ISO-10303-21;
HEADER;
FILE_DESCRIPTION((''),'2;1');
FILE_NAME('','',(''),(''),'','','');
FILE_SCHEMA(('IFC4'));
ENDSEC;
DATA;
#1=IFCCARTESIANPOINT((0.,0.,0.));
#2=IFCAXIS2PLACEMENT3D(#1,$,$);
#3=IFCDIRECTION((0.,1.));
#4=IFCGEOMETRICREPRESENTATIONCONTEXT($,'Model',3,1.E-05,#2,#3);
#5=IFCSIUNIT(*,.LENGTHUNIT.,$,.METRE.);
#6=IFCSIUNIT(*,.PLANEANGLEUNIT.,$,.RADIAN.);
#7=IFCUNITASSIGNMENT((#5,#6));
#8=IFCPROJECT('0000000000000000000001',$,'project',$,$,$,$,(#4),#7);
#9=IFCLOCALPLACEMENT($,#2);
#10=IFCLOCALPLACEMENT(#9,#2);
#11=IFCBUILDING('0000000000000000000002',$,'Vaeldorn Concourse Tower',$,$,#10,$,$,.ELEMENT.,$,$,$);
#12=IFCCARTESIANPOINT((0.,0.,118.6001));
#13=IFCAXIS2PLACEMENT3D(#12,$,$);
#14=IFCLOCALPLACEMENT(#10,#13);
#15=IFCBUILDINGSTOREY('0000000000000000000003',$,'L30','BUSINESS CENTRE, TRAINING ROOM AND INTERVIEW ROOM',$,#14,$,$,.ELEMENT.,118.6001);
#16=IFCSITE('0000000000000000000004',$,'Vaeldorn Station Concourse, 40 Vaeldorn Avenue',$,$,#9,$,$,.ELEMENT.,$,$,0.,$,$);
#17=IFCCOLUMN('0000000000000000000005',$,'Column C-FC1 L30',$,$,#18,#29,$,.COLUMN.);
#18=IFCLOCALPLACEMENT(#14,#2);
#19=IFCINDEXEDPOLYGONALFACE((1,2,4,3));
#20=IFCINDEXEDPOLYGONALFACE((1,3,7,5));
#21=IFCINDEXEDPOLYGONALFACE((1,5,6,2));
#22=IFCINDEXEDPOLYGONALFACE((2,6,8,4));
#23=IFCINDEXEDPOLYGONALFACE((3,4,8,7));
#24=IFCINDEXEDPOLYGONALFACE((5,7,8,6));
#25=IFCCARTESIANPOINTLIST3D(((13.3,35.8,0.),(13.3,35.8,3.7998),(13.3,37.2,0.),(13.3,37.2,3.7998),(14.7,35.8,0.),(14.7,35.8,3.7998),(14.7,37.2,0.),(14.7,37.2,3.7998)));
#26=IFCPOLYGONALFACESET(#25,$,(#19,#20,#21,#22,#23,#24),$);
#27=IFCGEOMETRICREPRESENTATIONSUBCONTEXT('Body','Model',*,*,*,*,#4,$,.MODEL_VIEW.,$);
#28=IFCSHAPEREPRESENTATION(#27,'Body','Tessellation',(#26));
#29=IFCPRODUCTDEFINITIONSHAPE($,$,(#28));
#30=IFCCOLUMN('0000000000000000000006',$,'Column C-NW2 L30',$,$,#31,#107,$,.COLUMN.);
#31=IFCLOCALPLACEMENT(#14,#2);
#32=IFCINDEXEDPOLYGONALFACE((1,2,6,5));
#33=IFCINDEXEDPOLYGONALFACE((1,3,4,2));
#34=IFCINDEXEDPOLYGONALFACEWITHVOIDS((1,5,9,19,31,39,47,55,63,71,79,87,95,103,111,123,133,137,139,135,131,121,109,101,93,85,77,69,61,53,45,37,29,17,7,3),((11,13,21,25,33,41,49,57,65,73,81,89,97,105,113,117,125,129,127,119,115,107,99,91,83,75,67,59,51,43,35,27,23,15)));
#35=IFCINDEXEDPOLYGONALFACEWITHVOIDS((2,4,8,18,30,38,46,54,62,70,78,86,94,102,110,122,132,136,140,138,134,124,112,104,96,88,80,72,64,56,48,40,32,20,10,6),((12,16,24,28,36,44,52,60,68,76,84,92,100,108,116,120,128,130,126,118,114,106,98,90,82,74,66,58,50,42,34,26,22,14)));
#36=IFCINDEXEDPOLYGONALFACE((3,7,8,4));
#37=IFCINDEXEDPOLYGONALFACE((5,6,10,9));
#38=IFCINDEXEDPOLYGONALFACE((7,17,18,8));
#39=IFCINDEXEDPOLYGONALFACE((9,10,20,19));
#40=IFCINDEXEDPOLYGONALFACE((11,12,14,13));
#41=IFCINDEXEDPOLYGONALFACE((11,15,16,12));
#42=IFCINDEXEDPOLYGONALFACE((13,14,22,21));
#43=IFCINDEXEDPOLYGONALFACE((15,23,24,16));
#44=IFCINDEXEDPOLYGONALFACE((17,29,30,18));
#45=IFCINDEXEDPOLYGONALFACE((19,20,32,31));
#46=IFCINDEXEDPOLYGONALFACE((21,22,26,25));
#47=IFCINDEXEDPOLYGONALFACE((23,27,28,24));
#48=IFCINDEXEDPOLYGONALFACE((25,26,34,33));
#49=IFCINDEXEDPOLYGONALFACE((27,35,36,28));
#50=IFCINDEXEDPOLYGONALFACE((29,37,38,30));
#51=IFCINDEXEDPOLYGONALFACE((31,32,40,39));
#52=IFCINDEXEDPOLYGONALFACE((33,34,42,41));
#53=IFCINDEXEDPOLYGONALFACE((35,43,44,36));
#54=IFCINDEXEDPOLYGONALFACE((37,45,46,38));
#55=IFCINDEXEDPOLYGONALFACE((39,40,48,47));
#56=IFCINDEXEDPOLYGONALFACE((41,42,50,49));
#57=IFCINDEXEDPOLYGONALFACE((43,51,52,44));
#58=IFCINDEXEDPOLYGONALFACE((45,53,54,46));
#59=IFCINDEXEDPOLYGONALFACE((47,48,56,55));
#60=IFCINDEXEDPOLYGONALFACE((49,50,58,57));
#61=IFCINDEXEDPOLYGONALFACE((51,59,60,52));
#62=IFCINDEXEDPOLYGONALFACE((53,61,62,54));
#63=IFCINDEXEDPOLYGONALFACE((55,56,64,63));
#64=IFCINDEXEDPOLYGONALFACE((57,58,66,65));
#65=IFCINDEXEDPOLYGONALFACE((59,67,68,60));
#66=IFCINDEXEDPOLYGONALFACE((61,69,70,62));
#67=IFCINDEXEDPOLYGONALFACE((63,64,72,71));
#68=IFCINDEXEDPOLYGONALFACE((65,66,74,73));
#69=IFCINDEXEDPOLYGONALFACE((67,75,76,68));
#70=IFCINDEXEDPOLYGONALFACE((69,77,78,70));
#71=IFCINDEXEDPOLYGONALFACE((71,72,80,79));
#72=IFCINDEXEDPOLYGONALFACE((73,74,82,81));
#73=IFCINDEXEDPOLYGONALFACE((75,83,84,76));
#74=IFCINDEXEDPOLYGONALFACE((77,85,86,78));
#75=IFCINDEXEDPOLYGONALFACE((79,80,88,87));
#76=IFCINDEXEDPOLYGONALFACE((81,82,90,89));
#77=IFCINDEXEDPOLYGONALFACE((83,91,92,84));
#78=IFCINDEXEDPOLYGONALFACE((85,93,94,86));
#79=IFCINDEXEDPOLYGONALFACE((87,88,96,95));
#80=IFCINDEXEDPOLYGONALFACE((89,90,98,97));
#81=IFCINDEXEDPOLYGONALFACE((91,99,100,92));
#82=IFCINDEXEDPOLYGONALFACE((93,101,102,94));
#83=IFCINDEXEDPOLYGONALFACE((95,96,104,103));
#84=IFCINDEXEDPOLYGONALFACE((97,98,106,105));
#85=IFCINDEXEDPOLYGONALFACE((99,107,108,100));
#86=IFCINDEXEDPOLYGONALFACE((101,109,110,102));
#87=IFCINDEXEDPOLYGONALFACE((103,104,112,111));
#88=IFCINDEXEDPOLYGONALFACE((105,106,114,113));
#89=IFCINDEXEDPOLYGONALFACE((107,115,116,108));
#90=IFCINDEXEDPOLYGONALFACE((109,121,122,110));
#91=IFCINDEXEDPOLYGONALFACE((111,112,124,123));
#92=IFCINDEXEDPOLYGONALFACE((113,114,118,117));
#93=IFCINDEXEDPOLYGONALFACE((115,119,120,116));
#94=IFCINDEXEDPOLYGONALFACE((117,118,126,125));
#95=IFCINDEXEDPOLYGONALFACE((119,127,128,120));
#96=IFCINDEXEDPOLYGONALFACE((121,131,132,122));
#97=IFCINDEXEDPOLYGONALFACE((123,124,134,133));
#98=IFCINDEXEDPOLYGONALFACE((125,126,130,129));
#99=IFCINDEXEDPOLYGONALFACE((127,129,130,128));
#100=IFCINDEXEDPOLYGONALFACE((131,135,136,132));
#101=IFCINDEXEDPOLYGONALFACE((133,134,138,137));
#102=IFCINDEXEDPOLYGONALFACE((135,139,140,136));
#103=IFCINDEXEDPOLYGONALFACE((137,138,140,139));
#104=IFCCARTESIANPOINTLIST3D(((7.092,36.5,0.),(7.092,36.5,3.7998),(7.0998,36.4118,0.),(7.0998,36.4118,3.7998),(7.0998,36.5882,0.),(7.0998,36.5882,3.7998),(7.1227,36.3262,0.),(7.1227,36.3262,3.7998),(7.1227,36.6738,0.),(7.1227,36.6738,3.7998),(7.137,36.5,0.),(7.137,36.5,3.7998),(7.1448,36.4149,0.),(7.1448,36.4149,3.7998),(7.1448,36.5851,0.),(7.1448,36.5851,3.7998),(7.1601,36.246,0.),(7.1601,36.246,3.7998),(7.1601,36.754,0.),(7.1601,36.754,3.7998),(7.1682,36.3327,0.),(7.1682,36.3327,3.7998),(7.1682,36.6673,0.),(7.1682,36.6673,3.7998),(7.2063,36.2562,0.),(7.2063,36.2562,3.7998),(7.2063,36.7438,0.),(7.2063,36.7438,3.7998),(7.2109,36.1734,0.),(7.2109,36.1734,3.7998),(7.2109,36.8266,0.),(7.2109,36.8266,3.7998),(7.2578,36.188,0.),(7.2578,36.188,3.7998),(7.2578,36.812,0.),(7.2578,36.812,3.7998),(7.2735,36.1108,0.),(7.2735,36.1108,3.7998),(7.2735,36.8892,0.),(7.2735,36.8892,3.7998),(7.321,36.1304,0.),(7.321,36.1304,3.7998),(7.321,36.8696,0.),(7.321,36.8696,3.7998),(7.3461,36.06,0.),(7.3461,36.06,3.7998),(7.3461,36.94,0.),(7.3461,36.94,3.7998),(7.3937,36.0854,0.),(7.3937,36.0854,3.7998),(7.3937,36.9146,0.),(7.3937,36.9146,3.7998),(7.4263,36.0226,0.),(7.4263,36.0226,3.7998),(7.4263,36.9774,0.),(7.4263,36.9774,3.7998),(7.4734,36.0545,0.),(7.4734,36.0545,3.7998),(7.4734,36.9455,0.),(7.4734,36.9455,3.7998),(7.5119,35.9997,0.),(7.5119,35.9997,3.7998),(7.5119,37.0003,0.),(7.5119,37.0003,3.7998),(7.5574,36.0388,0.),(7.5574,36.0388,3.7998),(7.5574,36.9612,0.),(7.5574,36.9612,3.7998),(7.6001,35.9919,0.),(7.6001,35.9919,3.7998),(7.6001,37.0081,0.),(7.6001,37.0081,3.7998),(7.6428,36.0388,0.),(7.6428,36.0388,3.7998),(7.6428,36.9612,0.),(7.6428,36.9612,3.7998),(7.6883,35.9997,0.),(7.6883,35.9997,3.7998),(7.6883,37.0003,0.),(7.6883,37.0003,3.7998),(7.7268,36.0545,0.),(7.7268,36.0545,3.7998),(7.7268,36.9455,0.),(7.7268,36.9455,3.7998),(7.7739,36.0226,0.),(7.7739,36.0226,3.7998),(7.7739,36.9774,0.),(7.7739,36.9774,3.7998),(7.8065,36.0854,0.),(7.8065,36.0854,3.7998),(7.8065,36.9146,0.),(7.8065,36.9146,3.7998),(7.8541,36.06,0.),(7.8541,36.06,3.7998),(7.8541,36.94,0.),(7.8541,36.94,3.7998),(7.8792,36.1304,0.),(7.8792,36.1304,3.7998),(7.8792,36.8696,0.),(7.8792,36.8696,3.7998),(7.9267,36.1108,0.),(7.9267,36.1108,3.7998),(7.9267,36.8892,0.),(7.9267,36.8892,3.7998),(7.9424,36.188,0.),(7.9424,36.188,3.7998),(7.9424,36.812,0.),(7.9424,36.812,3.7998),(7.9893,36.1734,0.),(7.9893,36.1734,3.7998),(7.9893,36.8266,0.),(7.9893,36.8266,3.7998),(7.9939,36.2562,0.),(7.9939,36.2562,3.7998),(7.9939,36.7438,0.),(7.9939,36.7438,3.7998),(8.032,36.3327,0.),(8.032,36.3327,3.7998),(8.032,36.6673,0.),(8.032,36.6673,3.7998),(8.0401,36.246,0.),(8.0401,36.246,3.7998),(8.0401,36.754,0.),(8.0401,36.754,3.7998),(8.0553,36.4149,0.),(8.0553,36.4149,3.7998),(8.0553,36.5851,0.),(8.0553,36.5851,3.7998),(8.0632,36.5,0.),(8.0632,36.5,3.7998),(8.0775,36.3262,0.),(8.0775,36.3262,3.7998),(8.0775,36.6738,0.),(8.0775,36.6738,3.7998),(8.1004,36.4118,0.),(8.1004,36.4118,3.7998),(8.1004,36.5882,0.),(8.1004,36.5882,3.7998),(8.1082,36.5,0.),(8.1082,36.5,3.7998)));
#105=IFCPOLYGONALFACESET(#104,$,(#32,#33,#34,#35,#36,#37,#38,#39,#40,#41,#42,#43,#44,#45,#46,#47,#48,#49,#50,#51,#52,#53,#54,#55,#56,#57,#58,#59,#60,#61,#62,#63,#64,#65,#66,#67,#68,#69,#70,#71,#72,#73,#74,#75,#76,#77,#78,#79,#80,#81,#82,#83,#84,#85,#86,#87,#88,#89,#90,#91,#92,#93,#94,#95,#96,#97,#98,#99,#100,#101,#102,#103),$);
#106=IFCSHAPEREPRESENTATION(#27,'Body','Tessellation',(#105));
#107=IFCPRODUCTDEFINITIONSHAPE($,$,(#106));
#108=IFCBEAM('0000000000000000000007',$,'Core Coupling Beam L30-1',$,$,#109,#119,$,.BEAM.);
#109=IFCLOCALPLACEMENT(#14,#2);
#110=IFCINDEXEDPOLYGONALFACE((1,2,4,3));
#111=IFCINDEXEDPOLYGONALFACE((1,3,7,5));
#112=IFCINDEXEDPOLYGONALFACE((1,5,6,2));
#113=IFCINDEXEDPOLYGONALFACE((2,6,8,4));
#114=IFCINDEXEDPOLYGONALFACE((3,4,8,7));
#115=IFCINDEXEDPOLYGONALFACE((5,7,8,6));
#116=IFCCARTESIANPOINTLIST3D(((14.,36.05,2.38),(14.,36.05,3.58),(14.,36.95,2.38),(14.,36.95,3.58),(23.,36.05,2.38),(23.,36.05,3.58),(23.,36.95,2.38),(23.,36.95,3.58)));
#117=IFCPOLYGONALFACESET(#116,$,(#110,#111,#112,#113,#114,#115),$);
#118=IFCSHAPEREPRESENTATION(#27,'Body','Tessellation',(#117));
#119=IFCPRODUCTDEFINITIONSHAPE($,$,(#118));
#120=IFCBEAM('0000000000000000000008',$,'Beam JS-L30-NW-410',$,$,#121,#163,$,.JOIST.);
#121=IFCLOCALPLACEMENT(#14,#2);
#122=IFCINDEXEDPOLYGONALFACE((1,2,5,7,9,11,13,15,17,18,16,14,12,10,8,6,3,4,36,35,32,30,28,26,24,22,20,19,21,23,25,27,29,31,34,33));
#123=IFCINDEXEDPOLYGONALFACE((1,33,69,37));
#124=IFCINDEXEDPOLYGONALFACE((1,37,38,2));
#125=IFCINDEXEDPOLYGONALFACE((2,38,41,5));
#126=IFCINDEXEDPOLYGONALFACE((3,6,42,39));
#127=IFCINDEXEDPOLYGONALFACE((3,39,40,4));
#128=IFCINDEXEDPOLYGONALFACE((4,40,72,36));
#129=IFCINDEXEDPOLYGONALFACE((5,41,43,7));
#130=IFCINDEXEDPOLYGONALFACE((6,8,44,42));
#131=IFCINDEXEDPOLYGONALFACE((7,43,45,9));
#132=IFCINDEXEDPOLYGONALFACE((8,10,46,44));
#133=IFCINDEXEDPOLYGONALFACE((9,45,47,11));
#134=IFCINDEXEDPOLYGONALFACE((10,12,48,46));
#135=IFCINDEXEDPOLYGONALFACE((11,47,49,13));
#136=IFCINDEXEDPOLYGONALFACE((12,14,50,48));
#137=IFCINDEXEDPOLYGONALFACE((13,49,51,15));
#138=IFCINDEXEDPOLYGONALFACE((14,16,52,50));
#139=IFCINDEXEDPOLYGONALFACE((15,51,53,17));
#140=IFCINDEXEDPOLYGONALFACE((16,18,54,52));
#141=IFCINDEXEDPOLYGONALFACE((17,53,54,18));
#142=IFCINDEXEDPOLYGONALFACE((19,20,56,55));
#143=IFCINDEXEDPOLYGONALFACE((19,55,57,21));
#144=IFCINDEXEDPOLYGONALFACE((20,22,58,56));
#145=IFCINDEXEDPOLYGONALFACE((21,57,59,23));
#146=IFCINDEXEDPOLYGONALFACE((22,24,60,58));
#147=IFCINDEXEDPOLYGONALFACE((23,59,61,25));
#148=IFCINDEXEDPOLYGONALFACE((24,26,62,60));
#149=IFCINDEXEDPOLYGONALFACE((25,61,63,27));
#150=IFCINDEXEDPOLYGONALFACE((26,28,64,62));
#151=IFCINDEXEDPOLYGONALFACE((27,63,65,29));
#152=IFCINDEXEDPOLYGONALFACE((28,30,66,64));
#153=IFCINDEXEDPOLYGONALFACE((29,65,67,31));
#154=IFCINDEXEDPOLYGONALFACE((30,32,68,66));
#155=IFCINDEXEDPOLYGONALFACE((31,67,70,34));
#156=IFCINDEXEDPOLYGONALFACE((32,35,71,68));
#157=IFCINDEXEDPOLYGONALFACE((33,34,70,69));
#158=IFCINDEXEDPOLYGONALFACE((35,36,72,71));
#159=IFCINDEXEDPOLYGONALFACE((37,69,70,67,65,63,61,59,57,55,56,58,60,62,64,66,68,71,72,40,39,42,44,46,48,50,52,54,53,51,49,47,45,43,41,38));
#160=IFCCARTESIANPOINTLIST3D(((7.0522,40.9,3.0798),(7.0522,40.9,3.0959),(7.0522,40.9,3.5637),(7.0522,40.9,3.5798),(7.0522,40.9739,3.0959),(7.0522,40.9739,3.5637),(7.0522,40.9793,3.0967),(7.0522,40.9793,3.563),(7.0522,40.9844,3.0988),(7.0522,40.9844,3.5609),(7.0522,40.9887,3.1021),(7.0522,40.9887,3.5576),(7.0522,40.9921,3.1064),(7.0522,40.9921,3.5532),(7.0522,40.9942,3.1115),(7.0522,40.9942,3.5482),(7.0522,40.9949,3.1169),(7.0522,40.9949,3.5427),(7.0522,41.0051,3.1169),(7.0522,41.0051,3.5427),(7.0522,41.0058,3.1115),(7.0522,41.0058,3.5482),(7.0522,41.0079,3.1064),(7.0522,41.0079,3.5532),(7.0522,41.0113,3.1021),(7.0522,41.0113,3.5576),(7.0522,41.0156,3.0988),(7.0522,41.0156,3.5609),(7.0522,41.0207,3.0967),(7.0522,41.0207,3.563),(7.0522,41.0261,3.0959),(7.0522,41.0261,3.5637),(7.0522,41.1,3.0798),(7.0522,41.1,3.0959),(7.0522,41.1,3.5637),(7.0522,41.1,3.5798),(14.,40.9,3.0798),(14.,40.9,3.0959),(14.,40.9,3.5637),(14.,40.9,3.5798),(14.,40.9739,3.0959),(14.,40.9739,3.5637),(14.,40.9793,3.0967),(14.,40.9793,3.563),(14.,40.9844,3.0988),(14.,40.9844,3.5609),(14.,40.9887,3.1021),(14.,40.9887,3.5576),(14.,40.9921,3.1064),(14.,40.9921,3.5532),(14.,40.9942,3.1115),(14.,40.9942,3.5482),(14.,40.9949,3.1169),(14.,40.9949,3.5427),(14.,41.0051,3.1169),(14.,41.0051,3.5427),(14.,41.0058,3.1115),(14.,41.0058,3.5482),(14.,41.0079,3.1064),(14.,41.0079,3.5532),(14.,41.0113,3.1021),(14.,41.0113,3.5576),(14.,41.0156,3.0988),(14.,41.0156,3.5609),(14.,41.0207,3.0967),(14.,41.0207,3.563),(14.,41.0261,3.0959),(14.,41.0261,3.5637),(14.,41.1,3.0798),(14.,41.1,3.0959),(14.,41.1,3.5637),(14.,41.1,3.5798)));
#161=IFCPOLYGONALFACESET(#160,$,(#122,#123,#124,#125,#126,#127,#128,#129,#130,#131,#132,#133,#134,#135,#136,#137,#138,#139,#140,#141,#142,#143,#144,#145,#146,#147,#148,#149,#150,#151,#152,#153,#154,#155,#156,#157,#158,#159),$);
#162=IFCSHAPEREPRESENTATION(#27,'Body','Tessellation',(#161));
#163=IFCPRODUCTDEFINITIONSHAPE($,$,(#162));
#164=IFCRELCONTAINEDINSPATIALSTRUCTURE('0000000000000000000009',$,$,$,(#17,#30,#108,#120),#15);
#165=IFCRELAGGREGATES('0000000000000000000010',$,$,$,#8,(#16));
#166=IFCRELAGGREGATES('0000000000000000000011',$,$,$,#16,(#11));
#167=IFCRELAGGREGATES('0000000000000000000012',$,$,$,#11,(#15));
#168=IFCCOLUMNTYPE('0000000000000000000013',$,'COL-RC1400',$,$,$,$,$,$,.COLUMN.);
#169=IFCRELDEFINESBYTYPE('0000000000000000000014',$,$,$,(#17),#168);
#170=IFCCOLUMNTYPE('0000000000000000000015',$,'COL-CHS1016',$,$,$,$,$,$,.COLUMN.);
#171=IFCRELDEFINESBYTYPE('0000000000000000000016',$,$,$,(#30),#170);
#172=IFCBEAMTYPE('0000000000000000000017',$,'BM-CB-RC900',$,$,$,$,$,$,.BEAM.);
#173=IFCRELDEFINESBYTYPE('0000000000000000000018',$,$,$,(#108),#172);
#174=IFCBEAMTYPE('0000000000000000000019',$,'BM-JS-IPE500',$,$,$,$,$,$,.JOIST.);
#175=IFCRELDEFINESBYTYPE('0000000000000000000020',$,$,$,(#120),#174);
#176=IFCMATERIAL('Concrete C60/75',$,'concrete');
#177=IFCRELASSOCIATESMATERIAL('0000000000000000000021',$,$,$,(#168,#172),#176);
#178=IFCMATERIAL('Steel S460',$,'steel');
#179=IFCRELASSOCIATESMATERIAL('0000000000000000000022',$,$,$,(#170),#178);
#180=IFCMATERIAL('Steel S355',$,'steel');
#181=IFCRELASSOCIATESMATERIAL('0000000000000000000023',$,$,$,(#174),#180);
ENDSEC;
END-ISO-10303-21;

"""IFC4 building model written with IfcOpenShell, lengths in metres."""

from ifc_helpers import new_model, si_unit, direction, frame, origin, origin_2d, place, context, subcontext, project, spatial, rectangle, hollow_circle, i_section, extrude, source, transform, mapped, material, material_profile, profile_set, type_object, element, save


model = new_model("IFC4")

# Units and contexts
model_context = context("Model", 3, precision=1e-05, world=origin(), true_north=direction((0.0, 1.0)))
body_context = subcontext(model_context, "Body", "Model", "MODEL_VIEW")
ifc_project = project(units=[si_unit("LENGTHUNIT", "METRE"), si_unit("PLANEANGLEUNIT", "RADIAN")], contexts=[model_context])

# Site, building, storey
site_placement = place(None, origin())
site = spatial("IfcSite", under=ifc_project, at=site_placement, Name="Vaeldorn Station Concourse, 40 Vaeldorn Avenue", CompositionType="ELEMENT", RefElevation=0.0)
building_placement = place(site_placement, origin())
building = spatial("IfcBuilding", under=site, at=building_placement, Name="Vaeldorn Concourse Tower", CompositionType="ELEMENT")
storey_placement = place(building_placement, frame((0.0, 0.0, 118.6001)))
storey = spatial("IfcBuildingStorey", under=building, at=storey_placement, Name="L30", Description="BUSINESS CENTRE, TRAINING ROOM AND INTERVIEW ROOM", CompositionType="ELEMENT", Elevation=118.6001)

# Columns
ifc_material_1 = material(Name="Concrete C60/75", Category="concrete")
ifc_material_profile_1 = material_profile(ifc_material_1, rectangle(XDim=1.3999, YDim=1.3999, at=origin_2d()), Name="RC 1400x1400")
ifc_profile_set_1 = profile_set([ifc_material_profile_1], Name="Concrete C60/75")
column_type_1 = type_object("IfcColumnType", Name="COL-RC1400", PredefinedType="COLUMN", material=ifc_profile_set_1)
shared_shape_1 = source(origin(), body_context, "Body", "SweptSolid", [
    extrude(rectangle(XDim=1.3999, YDim=1.3999, at=origin_2d()), origin(), (0.0, 0.0, 1.0), 3.7998),
])
column_1_placement = place(storey_placement, frame((14.0, 36.5, 0.0), z_axis=(0.0, 0.0, 1.0), x_axis=(1.0, 0.0, 0.0)))
element("IfcColumn", 1, at=column_1_placement, inside=storey, type_object=column_type_1, Name="Column C-FC1 L30", PredefinedType="COLUMN", context=body_context, shape_type="MappedRepresentation", body=[
    mapped(shared_shape_1, transform((0.0, 0.0, 0.0), scale=1.0)),
])
ifc_material_2 = material(Name="Steel S460", Category="steel")
ifc_material_profile_2 = material_profile(ifc_material_2, hollow_circle(Radius=0.5081, WallThickness=0.0449, at=origin_2d()), Name="CHS 1016x45")
ifc_profile_set_2 = profile_set([ifc_material_profile_2], Name="Steel S460")
column_type_2 = type_object("IfcColumnType", Name="COL-CHS1016", PredefinedType="COLUMN", material=ifc_profile_set_2)
shared_shape_2 = source(origin(), body_context, "Body", "SweptSolid", [
    extrude(hollow_circle(Radius=0.5081, WallThickness=0.0449, at=origin_2d()), origin(), (0.0, 0.0, 1.0), 3.7998),
])
column_2_placement = place(storey_placement, frame((7.6001, 36.5, 0.0), z_axis=(0.0, 0.0, 1.0), x_axis=(1.0, 0.0, 0.0)))
element("IfcColumn", 2, at=column_2_placement, inside=storey, type_object=column_type_2, Name="Column C-NW2 L30", PredefinedType="COLUMN", context=body_context, shape_type="MappedRepresentation", body=[
    mapped(shared_shape_2, transform((0.0, 0.0, 0.0), scale=1.0)),
])

# Beams
ifc_material_profile_3 = material_profile(ifc_material_1, rectangle(XDim=0.8999, YDim=1.2, at=origin_2d()), Name="RC 900x1200")
ifc_profile_set_3 = profile_set([ifc_material_profile_3], Name="Concrete C60/75")
beam_type_1 = type_object("IfcBeamType", Name="BM-CB-RC900", PredefinedType="BEAM", material=ifc_profile_set_3)
shared_shape_3 = source(origin(), body_context, "Body", "SweptSolid", [
    extrude(rectangle(XDim=0.8999, YDim=1.2, at=origin_2d()), origin(), (0.0, 0.0, 1.0), 9.0),
])
beam_1_placement = place(storey_placement, frame((14.0, 36.5, 2.98), z_axis=(1.0, 0.0, 0.0), x_axis=(0.0, 1.0, 0.0)))
element("IfcBeam", 3, at=beam_1_placement, inside=storey, type_object=beam_type_1, Name="Core Coupling Beam L30-1", PredefinedType="BEAM", context=body_context, shape_type="MappedRepresentation", body=[
    mapped(shared_shape_3, transform((0.0, 0.0, 0.0), scale=1.0)),
])
ifc_material_3 = material(Name="Steel S355", Category="steel")
ifc_material_profile_4 = material_profile(ifc_material_3, i_section(OverallWidth=0.2, OverallDepth=0.5, WebThickness=0.0103, FlangeThickness=0.0161, FilletRadius=0.021, at=origin_2d()), Name="IPE 500")
ifc_profile_set_4 = profile_set([ifc_material_profile_4], Name="Steel S355")
beam_type_2 = type_object("IfcBeamType", Name="BM-JS-IPE500", PredefinedType="JOIST", material=ifc_profile_set_4)
shared_shape_4 = source(origin(), body_context, "Body", "SweptSolid", [
    extrude(i_section(OverallWidth=0.2, OverallDepth=0.5, WebThickness=0.0103, FlangeThickness=0.0161, FilletRadius=0.021, at=origin_2d()), origin(), (0.0, 0.0, 1.0), 6.9478),
])
beam_2_placement = place(storey_placement, frame((7.0522, 41.0, 3.3298), z_axis=(1.0, 0.0, 0.0), x_axis=(0.0, 1.0, 0.0)))
element("IfcBeam", 4, at=beam_2_placement, inside=storey, type_object=beam_type_2, Name="Beam JS-L30-NW-410", PredefinedType="JOIST", context=body_context, shape_type="MappedRepresentation", body=[
    mapped(shared_shape_4, transform((0.0, 0.0, 0.0), scale=1.0)),
])

save(model, "model.ifc")
